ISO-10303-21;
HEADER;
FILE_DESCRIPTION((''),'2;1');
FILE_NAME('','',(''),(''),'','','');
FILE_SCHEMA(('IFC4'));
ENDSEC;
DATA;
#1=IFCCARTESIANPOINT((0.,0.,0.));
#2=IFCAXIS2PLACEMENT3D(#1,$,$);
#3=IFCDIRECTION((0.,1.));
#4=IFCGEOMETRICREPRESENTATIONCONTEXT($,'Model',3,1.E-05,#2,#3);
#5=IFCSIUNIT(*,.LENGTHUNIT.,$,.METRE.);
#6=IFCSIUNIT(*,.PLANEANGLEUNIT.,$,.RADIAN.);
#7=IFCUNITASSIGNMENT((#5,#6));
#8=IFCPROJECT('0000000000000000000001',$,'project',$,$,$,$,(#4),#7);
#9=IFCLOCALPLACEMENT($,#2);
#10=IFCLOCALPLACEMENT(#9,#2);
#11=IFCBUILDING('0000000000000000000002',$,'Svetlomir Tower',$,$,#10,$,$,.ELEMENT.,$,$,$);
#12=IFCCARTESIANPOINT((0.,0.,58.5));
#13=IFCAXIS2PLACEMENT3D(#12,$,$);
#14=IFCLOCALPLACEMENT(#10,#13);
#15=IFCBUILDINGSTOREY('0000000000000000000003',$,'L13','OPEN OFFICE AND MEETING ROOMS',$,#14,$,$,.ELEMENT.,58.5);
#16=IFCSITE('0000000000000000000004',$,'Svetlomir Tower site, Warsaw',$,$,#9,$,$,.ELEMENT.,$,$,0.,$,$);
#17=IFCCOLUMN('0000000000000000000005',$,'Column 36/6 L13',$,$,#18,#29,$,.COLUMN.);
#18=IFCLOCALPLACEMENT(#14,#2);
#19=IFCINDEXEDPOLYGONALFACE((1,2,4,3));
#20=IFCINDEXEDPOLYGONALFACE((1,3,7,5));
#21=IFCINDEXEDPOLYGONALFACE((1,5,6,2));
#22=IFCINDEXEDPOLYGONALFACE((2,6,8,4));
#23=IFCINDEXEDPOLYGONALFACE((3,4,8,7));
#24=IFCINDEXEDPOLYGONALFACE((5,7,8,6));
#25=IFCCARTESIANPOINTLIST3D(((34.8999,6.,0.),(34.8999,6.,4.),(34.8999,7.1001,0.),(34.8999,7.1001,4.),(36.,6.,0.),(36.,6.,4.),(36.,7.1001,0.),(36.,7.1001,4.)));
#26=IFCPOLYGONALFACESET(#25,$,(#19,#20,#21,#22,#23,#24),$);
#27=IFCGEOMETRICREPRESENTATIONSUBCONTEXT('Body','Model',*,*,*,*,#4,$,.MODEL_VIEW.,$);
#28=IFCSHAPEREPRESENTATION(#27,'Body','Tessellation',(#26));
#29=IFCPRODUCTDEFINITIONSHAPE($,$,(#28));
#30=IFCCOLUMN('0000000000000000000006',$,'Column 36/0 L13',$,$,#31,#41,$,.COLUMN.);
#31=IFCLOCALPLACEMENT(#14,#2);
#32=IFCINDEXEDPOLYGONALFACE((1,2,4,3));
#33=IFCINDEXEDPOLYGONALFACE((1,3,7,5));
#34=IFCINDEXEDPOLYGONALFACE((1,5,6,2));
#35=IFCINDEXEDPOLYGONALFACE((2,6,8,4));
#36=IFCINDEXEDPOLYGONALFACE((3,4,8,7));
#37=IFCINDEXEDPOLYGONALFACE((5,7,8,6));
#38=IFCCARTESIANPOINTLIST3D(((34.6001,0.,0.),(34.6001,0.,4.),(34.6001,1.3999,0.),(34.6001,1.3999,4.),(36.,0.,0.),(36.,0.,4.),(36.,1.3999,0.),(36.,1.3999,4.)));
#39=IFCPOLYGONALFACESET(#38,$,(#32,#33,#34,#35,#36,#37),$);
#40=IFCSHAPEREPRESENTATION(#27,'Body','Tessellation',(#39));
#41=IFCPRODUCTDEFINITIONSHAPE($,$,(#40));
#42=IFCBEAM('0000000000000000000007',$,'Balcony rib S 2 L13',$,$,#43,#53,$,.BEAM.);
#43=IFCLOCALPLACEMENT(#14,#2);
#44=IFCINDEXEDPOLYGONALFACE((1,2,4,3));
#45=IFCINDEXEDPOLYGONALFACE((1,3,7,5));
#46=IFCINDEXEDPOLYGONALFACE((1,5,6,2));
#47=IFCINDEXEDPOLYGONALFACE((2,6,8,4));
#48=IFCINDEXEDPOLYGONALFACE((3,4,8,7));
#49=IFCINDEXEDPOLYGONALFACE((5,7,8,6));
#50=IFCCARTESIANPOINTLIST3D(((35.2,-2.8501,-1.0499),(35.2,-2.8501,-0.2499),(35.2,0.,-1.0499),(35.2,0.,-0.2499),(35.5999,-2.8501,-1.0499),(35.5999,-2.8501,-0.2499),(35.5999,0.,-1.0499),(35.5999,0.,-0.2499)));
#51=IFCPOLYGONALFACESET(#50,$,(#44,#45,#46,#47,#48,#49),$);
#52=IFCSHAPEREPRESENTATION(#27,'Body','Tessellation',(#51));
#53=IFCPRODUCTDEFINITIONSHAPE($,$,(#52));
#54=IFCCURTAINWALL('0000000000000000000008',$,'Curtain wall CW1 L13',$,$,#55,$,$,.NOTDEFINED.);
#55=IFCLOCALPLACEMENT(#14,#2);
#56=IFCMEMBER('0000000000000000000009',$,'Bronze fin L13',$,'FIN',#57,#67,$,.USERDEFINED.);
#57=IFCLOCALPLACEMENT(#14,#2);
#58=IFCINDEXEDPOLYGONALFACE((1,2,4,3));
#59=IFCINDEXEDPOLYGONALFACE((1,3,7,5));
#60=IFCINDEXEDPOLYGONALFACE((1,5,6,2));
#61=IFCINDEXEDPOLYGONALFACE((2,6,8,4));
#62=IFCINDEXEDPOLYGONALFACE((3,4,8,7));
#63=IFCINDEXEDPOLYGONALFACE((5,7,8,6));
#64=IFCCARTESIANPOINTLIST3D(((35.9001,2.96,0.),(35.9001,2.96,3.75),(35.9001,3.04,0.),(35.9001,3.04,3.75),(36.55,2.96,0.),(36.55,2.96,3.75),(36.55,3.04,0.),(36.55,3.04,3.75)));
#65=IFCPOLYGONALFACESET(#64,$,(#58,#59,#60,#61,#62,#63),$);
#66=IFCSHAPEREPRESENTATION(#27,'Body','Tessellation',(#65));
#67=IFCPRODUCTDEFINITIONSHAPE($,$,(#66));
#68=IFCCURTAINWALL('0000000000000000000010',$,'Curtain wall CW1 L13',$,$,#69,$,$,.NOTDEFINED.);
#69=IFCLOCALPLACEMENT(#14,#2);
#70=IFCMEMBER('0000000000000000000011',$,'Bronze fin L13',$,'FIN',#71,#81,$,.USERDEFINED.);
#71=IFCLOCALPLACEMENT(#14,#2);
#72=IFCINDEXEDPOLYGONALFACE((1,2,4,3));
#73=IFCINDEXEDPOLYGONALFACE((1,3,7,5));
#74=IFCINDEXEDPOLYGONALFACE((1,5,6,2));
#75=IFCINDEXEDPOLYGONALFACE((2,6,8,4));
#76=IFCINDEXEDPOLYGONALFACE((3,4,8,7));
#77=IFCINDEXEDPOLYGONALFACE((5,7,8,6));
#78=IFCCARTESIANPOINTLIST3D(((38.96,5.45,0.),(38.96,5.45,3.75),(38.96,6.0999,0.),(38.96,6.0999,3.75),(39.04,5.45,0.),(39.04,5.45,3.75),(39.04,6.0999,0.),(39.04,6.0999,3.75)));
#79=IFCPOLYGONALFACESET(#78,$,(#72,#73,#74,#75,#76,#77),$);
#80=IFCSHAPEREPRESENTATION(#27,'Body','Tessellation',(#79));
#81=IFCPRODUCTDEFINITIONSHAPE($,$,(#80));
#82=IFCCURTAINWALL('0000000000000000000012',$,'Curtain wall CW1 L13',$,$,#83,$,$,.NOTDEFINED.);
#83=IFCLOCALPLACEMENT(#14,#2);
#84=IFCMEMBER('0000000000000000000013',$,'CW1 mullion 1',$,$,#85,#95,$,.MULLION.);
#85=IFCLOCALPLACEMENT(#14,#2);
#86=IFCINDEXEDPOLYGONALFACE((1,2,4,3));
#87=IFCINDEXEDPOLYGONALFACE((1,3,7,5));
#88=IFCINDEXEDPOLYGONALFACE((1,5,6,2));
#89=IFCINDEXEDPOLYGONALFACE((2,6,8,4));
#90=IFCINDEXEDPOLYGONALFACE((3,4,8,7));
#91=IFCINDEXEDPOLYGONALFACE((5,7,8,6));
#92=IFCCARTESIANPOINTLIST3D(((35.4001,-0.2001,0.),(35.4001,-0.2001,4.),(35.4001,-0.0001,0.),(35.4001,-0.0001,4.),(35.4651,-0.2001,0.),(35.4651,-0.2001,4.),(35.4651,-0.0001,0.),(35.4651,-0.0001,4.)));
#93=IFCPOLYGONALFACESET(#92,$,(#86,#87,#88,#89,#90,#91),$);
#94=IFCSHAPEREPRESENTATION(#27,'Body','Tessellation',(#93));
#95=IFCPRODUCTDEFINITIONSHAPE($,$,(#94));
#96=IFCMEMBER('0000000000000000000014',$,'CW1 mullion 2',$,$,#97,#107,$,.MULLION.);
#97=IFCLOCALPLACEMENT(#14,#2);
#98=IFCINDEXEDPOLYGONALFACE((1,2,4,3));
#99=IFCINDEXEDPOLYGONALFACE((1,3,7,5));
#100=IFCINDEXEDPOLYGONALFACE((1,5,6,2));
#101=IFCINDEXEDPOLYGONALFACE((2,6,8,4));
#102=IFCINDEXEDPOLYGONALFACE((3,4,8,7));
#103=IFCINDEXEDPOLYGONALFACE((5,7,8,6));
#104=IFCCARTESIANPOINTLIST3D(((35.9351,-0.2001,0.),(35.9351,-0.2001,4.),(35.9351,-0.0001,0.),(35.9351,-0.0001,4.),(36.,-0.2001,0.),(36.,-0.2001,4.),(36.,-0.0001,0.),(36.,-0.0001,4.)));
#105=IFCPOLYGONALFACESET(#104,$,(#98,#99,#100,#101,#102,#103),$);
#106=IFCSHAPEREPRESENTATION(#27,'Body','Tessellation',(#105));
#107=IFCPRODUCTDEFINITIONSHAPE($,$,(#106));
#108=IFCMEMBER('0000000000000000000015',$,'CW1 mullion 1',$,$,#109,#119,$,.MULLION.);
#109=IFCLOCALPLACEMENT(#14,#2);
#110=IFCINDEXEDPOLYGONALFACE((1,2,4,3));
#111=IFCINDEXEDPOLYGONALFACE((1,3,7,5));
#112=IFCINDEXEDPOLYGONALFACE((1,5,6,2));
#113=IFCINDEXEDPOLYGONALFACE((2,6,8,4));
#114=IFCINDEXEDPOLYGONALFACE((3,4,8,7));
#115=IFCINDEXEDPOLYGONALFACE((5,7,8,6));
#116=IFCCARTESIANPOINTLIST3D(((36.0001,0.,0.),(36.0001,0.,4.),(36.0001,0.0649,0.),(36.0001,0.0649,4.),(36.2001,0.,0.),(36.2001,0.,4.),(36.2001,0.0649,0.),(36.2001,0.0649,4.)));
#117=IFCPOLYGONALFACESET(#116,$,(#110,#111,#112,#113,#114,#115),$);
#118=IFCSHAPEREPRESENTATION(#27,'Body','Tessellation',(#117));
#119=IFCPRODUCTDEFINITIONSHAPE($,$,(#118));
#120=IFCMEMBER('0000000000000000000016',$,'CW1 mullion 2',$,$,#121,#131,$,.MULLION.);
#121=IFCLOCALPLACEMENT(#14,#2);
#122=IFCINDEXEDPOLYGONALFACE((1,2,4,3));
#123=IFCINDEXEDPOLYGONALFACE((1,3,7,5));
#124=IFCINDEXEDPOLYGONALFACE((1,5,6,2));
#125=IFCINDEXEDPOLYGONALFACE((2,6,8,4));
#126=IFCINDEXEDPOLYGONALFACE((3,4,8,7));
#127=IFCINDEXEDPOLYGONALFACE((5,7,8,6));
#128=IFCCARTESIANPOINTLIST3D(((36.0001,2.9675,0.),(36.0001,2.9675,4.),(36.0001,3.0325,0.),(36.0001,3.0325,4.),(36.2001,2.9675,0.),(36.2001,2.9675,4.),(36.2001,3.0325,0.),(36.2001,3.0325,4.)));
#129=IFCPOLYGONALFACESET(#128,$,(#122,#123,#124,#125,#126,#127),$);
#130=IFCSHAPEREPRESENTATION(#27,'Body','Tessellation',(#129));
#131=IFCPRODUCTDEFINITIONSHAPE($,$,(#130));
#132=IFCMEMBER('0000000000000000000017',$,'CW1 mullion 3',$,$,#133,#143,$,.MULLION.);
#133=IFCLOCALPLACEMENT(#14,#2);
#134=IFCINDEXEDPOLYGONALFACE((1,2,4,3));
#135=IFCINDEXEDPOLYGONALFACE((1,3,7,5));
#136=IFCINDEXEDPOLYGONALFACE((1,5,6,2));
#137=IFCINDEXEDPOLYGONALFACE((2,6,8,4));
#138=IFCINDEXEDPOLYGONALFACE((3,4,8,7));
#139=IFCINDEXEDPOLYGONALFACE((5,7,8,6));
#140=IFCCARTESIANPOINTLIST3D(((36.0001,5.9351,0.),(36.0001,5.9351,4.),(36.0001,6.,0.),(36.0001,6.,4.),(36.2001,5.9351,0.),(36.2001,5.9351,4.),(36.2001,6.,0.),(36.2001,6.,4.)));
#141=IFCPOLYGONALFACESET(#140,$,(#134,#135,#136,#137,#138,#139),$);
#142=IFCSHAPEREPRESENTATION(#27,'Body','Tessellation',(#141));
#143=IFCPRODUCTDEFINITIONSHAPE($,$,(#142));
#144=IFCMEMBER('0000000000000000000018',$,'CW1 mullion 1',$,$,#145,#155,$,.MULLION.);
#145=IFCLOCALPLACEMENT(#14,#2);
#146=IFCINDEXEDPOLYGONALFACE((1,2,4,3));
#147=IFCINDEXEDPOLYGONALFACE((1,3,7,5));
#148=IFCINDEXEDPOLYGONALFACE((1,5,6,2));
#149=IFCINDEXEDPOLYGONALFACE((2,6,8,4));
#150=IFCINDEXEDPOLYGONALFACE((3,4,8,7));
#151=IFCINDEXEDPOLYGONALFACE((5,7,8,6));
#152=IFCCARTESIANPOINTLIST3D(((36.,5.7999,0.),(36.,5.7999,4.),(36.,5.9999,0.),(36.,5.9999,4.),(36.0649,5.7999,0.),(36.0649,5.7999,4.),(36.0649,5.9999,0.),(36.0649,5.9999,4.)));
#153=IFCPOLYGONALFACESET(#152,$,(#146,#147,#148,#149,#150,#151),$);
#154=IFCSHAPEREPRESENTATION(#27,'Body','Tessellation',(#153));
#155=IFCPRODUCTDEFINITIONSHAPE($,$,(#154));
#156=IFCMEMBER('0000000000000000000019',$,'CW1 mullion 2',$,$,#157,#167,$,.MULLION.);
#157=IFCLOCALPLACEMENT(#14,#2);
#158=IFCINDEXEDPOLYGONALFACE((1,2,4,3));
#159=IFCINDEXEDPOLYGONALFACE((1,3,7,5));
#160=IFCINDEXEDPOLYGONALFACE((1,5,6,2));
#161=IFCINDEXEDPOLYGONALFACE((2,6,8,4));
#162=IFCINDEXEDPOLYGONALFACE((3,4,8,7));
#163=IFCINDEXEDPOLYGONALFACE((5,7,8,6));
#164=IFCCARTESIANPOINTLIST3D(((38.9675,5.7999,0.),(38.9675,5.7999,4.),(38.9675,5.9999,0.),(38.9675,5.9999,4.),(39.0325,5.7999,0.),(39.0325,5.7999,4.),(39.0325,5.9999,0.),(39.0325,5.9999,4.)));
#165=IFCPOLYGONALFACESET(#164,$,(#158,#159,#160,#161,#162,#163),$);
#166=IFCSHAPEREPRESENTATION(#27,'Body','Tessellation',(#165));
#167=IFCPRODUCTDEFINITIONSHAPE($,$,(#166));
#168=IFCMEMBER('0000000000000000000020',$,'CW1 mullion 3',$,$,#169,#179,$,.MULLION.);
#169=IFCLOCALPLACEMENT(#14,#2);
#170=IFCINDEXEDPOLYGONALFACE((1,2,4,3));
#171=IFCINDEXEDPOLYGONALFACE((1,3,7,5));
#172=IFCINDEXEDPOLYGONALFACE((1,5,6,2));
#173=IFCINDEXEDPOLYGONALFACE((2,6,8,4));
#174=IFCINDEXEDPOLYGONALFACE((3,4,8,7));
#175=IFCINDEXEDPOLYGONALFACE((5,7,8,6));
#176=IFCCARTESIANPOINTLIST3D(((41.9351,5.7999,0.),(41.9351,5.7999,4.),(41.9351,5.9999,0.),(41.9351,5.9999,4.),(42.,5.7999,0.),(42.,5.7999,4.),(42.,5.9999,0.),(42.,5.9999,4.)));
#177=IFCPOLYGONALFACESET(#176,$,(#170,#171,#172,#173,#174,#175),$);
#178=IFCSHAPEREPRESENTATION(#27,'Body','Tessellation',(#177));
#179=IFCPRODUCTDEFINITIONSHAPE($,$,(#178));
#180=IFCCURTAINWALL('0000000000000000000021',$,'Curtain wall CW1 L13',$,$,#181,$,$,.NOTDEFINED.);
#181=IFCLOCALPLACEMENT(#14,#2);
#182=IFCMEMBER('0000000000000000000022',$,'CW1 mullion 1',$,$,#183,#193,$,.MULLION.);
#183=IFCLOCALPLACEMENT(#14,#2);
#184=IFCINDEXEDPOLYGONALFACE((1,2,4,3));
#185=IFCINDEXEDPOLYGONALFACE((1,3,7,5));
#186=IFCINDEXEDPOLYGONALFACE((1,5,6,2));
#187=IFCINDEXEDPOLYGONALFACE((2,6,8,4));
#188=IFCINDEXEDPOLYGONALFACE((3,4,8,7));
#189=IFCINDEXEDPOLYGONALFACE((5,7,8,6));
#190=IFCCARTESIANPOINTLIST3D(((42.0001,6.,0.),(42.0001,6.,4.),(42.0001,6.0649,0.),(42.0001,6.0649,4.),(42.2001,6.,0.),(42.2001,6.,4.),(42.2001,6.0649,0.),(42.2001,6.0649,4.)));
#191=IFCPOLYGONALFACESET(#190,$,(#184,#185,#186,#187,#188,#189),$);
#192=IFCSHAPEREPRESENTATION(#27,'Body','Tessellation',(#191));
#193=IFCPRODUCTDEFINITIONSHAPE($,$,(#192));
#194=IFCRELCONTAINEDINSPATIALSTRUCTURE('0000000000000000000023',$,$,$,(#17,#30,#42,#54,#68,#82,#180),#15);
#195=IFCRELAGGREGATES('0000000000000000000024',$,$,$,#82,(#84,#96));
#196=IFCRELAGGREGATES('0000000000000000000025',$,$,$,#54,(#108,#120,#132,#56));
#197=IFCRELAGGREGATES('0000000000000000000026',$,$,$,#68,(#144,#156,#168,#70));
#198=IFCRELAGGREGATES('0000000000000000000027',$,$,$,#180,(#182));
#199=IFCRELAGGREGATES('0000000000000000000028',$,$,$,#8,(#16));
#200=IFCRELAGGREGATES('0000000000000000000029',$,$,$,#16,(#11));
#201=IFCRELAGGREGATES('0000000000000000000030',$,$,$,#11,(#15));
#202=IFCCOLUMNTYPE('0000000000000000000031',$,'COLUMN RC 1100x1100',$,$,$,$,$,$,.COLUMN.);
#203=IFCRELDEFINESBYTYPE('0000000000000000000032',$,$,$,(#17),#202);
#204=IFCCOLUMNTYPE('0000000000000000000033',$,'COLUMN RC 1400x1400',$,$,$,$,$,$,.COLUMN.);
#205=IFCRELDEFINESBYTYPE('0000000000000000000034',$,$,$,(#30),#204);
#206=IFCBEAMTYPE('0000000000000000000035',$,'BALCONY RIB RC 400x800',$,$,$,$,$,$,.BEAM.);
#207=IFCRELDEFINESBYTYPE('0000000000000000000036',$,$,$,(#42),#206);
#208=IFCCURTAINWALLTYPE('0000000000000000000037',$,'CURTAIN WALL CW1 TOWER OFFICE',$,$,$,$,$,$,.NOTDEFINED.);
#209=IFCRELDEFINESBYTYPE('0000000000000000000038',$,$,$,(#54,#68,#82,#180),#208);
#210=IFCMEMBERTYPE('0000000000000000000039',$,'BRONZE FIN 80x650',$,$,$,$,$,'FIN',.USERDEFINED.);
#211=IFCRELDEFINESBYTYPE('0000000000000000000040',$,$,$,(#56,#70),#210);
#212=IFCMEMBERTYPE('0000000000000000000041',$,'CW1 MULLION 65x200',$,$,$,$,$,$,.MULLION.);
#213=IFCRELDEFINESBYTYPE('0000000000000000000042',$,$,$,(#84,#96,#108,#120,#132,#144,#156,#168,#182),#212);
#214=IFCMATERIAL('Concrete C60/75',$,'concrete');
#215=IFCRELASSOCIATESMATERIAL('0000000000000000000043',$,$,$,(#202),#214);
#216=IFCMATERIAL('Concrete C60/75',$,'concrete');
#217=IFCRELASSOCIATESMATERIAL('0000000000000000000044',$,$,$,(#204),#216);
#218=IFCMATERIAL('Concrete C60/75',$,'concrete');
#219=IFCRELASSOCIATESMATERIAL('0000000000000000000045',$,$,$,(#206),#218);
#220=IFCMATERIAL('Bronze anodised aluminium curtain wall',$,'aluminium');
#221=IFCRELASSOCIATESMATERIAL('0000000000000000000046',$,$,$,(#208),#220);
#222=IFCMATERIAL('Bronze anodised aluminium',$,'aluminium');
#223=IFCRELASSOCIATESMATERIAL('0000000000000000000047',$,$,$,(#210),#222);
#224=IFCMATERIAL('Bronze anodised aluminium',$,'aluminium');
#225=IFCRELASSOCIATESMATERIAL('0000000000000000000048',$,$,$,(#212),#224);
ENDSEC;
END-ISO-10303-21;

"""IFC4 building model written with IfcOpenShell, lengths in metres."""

from ifc_helpers import new_model, si_unit, direction, frame, origin, origin_2d, place, context, subcontext, project, spatial, rectangle, extrude, material, material_profile, profile_set, type_object, element, aggregate, save


model = new_model("IFC4")

# Units and contexts
model_context = context("Model", 3, precision=1e-05, world=origin(), true_north=direction((0.0, 1.0)))
body_context = subcontext(model_context, "Body", "Model", "MODEL_VIEW")
ifc_project = project(units=[si_unit("LENGTHUNIT", "METRE"), si_unit("PLANEANGLEUNIT", "RADIAN")], contexts=[model_context])

# Site, building, storey
site_placement = place(None, origin())
site = spatial("IfcSite", under=ifc_project, at=site_placement, Name="Svetlomir Tower site, Warsaw", CompositionType="ELEMENT", RefElevation=0.0)
building_placement = place(site_placement, origin())
building = spatial("IfcBuilding", under=site, at=building_placement, Name="Svetlomir Tower", CompositionType="ELEMENT")
storey_placement = place(building_placement, frame((0.0, 0.0, 58.5)))
storey = spatial("IfcBuildingStorey", under=building, at=storey_placement, Name="L13", Description="OPEN OFFICE AND MEETING ROOMS", CompositionType="ELEMENT", Elevation=58.5)

# Columns
ifc_material_1 = material(Name="Concrete C60/75", Category="concrete")
ifc_material_profile_1 = material_profile(ifc_material_1, rectangle(XDim=1.1001, YDim=1.1001, at=origin_2d()), Name="RC 1100x1100")
ifc_profile_set_1 = profile_set([ifc_material_profile_1], Name="Concrete C60/75")
column_type_1 = type_object("IfcColumnType", Name="COLUMN RC 1100x1100", PredefinedType="COLUMN", material=ifc_profile_set_1)
column_1_placement = place(storey_placement, frame((35.45, 6.55, 0.0), z_axis=(0.0, 0.0, 1.0), x_axis=(1.0, 0.0, 0.0)))
element("IfcColumn", 1, at=column_1_placement, inside=storey, type_object=column_type_1, Name="Column 36/6 L13", PredefinedType="COLUMN", context=body_context, shape_type="SweptSolid", body=[
    extrude(rectangle(XDim=1.1001, YDim=1.1001, at=origin_2d()), origin(), (0.0, 0.0, 1.0), 4.0),
])
ifc_material_2 = material(Name="Concrete C60/75", Category="concrete")
ifc_material_profile_2 = material_profile(ifc_material_2, rectangle(XDim=1.3999, YDim=1.3999, at=origin_2d()), Name="RC 1400x1400")
ifc_profile_set_2 = profile_set([ifc_material_profile_2], Name="Concrete C60/75")
column_type_2 = type_object("IfcColumnType", Name="COLUMN RC 1400x1400", PredefinedType="COLUMN", material=ifc_profile_set_2)
column_2_placement = place(storey_placement, frame((35.3, 0.7, 0.0), z_axis=(0.0, 0.0, 1.0), x_axis=(1.0, 0.0, 0.0)))
element("IfcColumn", 2, at=column_2_placement, inside=storey, type_object=column_type_2, Name="Column 36/0 L13", PredefinedType="COLUMN", context=body_context, shape_type="SweptSolid", body=[
    extrude(rectangle(XDim=1.3999, YDim=1.3999, at=origin_2d()), origin(), (0.0, 0.0, 1.0), 4.0),
])

# Beam
ifc_material_3 = material(Name="Concrete C60/75", Category="concrete")
ifc_material_profile_3 = material_profile(ifc_material_3, rectangle(XDim=0.3999, YDim=0.8, at=origin_2d()), Name="RC 400x800")
ifc_profile_set_3 = profile_set([ifc_material_profile_3], Name="Concrete C60/75")
beam_type_1 = type_object("IfcBeamType", Name="BALCONY RIB RC 400x800", PredefinedType="BEAM", material=ifc_profile_set_3)
beam_placement = place(storey_placement, frame((35.3999, 0.0, -0.6499), z_axis=(0.0, -1.0, 0.0), x_axis=(1.0, 0.0, 0.0)))
element("IfcBeam", 3, at=beam_placement, inside=storey, type_object=beam_type_1, Name="Balcony rib S 2 L13", PredefinedType="BEAM", context=body_context, shape_type="SweptSolid", body=[
    extrude(rectangle(XDim=0.3999, YDim=0.8, at=origin_2d()), origin(), (0.0, 0.0, 1.0), 2.8501),
])

# Curtain walls, members
ifc_material_4 = material(Name="Bronze anodised aluminium curtain wall", Category="aluminium")
curtain_wall_type = type_object("IfcCurtainWallType", Name="CURTAIN WALL CW1 TOWER OFFICE", PredefinedType="NOTDEFINED", material=ifc_material_4)
curtain_wall_1_placement = place(storey_placement, origin())
curtain_wall_1 = element("IfcCurtainWall", 4, at=curtain_wall_1_placement, inside=storey, type_object=curtain_wall_type, Name="Curtain wall CW1 L13", PredefinedType="NOTDEFINED")
ifc_material_5 = material(Name="Bronze anodised aluminium", Category="aluminium")
ifc_material_profile_4 = material_profile(ifc_material_5, rectangle(XDim=0.0801, YDim=0.6499, at=origin_2d()), Name="FIN 80x650")
ifc_profile_set_4 = profile_set([ifc_material_profile_4], Name="Bronze anodised aluminium 6063-T6")
member_type_1 = type_object("IfcMemberType", Name="BRONZE FIN 80x650", ElementType="FIN", PredefinedType="USERDEFINED", material=ifc_profile_set_4)
member_1_placement = place(storey_placement, frame((36.2251, 3.0, 0.0), z_axis=(0.0, 0.0, 1.0), x_axis=(0.0, 1.0, 0.0)))
member_1 = element("IfcMember", 5, at=member_1_placement, type_object=member_type_1, Name="Bronze fin L13", ObjectType="FIN", PredefinedType="USERDEFINED", context=body_context, shape_type="SweptSolid", body=[
    extrude(rectangle(XDim=0.0801, YDim=0.6499, at=origin_2d()), origin(), (0.0, 0.0, 1.0), 3.75),
])
curtain_wall_2_placement = place(storey_placement, origin())
curtain_wall_2 = element("IfcCurtainWall", 6, at=curtain_wall_2_placement, inside=storey, type_object=curtain_wall_type, Name="Curtain wall CW1 L13", PredefinedType="NOTDEFINED")
member_2_placement = place(storey_placement, frame((39.0, 5.7749, 0.0), z_axis=(0.0, 0.0, 1.0), x_axis=(1.0, 0.0, 0.0)))
member_2 = element("IfcMember", 7, at=member_2_placement, type_object=member_type_1, Name="Bronze fin L13", ObjectType="FIN", PredefinedType="USERDEFINED", context=body_context, shape_type="SweptSolid", body=[
    extrude(rectangle(XDim=0.0801, YDim=0.6499, at=origin_2d()), origin(), (0.0, 0.0, 1.0), 3.75),
])

# Curtain wall, members
curtain_wall_3_placement = place(storey_placement, origin())
curtain_wall_3 = element("IfcCurtainWall", 8, at=curtain_wall_3_placement, inside=storey, type_object=curtain_wall_type, Name="Curtain wall CW1 L13", PredefinedType="NOTDEFINED")
ifc_material_6 = material(Name="Bronze anodised aluminium", Category="aluminium")
ifc_material_profile_5 = material_profile(ifc_material_6, rectangle(XDim=0.0649, YDim=0.2, at=origin_2d()), Name="AL 65x200")
ifc_profile_set_5 = profile_set([ifc_material_profile_5], Name="Bronze anodised aluminium 6063-T6")
member_type_2 = type_object("IfcMemberType", Name="CW1 MULLION 65x200", PredefinedType="MULLION", material=ifc_profile_set_5)
member_3_placement = place(storey_placement, frame((35.4326, -0.1001, 0.0), z_axis=(0.0, 0.0, 1.0), x_axis=(1.0, 0.0, 0.0)))
member_3 = element("IfcMember", 9, at=member_3_placement, type_object=member_type_2, Name="CW1 mullion 1", PredefinedType="MULLION", context=body_context, shape_type="SweptSolid", body=[
    extrude(rectangle(XDim=0.0649, YDim=0.2, at=origin_2d()), origin(), (0.0, 0.0, 1.0), 4.0),
])
member_4_placement = place(storey_placement, frame((35.9675, -0.1001, 0.0), z_axis=(0.0, 0.0, 1.0), x_axis=(1.0, 0.0, 0.0)))
member_4 = element("IfcMember", 10, at=member_4_placement, type_object=member_type_2, Name="CW1 mullion 2", PredefinedType="MULLION", context=body_context, shape_type="SweptSolid", body=[
    extrude(rectangle(XDim=0.0649, YDim=0.2, at=origin_2d()), origin(), (0.0, 0.0, 1.0), 4.0),
])

# Members
member_5_placement = place(storey_placement, frame((36.1001, 0.0325, 0.0), z_axis=(0.0, 0.0, 1.0), x_axis=(0.0, 1.0, 0.0)))
member_5 = element("IfcMember", 11, at=member_5_placement, type_object=member_type_2, Name="CW1 mullion 1", PredefinedType="MULLION", context=body_context, shape_type="SweptSolid", body=[
    extrude(rectangle(XDim=0.0649, YDim=0.2, at=origin_2d()), origin(), (0.0, 0.0, 1.0), 4.0),
])
member_6_placement = place(storey_placement, frame((36.1001, 3.0, 0.0), z_axis=(0.0, 0.0, 1.0), x_axis=(0.0, 1.0, 0.0)))
member_6 = element("IfcMember", 12, at=member_6_placement, type_object=member_type_2, Name="CW1 mullion 2", PredefinedType="MULLION", context=body_context, shape_type="SweptSolid", body=[
    extrude(rectangle(XDim=0.0649, YDim=0.2, at=origin_2d()), origin(), (0.0, 0.0, 1.0), 4.0),
])
member_7_placement = place(storey_placement, frame((36.1001, 5.9675, 0.0), z_axis=(0.0, 0.0, 1.0), x_axis=(0.0, 1.0, 0.0)))
member_7 = element("IfcMember", 13, at=member_7_placement, type_object=member_type_2, Name="CW1 mullion 3", PredefinedType="MULLION", context=body_context, shape_type="SweptSolid", body=[
    extrude(rectangle(XDim=0.0649, YDim=0.2, at=origin_2d()), origin(), (0.0, 0.0, 1.0), 4.0),
])
member_8_placement = place(storey_placement, frame((36.0325, 5.8999, 0.0), z_axis=(0.0, 0.0, 1.0), x_axis=(1.0, 0.0, 0.0)))
member_8 = element("IfcMember", 14, at=member_8_placement, type_object=member_type_2, Name="CW1 mullion 1", PredefinedType="MULLION", context=body_context, shape_type="SweptSolid", body=[
    extrude(rectangle(XDim=0.0649, YDim=0.2, at=origin_2d()), origin(), (0.0, 0.0, 1.0), 4.0),
])
member_9_placement = place(storey_placement, frame((39.0, 5.8999, 0.0), z_axis=(0.0, 0.0, 1.0), x_axis=(1.0, 0.0, 0.0)))
member_9 = element("IfcMember", 15, at=member_9_placement, type_object=member_type_2, Name="CW1 mullion 2", PredefinedType="MULLION", context=body_context, shape_type="SweptSolid", body=[
    extrude(rectangle(XDim=0.0649, YDim=0.2, at=origin_2d()), origin(), (0.0, 0.0, 1.0), 4.0),
])
member_10_placement = place(storey_placement, frame((41.9675, 5.8999, 0.0), z_axis=(0.0, 0.0, 1.0), x_axis=(1.0, 0.0, 0.0)))
member_10 = element("IfcMember", 16, at=member_10_placement, type_object=member_type_2, Name="CW1 mullion 3", PredefinedType="MULLION", context=body_context, shape_type="SweptSolid", body=[
    extrude(rectangle(XDim=0.0649, YDim=0.2, at=origin_2d()), origin(), (0.0, 0.0, 1.0), 4.0),
])

# Curtain wall, member
curtain_wall_4_placement = place(storey_placement, origin())
curtain_wall_4 = element("IfcCurtainWall", 17, at=curtain_wall_4_placement, inside=storey, type_object=curtain_wall_type, Name="Curtain wall CW1 L13", PredefinedType="NOTDEFINED")
member_11_placement = place(storey_placement, frame((42.1001, 6.0325, 0.0), z_axis=(0.0, 0.0, 1.0), x_axis=(0.0, 1.0, 0.0)))
member_11 = element("IfcMember", 18, at=member_11_placement, type_object=member_type_2, Name="CW1 mullion 1", PredefinedType="MULLION", context=body_context, shape_type="SweptSolid", body=[
    extrude(rectangle(XDim=0.0649, YDim=0.2, at=origin_2d()), origin(), (0.0, 0.0, 1.0), 4.0),
])

aggregate(curtain_wall_3, [member_3, member_4])
aggregate(curtain_wall_1, [member_5, member_6, member_7, member_1])
aggregate(curtain_wall_2, [member_8, member_9, member_10, member_2])
aggregate(curtain_wall_4, [member_11])

save(model, "model.ifc")
